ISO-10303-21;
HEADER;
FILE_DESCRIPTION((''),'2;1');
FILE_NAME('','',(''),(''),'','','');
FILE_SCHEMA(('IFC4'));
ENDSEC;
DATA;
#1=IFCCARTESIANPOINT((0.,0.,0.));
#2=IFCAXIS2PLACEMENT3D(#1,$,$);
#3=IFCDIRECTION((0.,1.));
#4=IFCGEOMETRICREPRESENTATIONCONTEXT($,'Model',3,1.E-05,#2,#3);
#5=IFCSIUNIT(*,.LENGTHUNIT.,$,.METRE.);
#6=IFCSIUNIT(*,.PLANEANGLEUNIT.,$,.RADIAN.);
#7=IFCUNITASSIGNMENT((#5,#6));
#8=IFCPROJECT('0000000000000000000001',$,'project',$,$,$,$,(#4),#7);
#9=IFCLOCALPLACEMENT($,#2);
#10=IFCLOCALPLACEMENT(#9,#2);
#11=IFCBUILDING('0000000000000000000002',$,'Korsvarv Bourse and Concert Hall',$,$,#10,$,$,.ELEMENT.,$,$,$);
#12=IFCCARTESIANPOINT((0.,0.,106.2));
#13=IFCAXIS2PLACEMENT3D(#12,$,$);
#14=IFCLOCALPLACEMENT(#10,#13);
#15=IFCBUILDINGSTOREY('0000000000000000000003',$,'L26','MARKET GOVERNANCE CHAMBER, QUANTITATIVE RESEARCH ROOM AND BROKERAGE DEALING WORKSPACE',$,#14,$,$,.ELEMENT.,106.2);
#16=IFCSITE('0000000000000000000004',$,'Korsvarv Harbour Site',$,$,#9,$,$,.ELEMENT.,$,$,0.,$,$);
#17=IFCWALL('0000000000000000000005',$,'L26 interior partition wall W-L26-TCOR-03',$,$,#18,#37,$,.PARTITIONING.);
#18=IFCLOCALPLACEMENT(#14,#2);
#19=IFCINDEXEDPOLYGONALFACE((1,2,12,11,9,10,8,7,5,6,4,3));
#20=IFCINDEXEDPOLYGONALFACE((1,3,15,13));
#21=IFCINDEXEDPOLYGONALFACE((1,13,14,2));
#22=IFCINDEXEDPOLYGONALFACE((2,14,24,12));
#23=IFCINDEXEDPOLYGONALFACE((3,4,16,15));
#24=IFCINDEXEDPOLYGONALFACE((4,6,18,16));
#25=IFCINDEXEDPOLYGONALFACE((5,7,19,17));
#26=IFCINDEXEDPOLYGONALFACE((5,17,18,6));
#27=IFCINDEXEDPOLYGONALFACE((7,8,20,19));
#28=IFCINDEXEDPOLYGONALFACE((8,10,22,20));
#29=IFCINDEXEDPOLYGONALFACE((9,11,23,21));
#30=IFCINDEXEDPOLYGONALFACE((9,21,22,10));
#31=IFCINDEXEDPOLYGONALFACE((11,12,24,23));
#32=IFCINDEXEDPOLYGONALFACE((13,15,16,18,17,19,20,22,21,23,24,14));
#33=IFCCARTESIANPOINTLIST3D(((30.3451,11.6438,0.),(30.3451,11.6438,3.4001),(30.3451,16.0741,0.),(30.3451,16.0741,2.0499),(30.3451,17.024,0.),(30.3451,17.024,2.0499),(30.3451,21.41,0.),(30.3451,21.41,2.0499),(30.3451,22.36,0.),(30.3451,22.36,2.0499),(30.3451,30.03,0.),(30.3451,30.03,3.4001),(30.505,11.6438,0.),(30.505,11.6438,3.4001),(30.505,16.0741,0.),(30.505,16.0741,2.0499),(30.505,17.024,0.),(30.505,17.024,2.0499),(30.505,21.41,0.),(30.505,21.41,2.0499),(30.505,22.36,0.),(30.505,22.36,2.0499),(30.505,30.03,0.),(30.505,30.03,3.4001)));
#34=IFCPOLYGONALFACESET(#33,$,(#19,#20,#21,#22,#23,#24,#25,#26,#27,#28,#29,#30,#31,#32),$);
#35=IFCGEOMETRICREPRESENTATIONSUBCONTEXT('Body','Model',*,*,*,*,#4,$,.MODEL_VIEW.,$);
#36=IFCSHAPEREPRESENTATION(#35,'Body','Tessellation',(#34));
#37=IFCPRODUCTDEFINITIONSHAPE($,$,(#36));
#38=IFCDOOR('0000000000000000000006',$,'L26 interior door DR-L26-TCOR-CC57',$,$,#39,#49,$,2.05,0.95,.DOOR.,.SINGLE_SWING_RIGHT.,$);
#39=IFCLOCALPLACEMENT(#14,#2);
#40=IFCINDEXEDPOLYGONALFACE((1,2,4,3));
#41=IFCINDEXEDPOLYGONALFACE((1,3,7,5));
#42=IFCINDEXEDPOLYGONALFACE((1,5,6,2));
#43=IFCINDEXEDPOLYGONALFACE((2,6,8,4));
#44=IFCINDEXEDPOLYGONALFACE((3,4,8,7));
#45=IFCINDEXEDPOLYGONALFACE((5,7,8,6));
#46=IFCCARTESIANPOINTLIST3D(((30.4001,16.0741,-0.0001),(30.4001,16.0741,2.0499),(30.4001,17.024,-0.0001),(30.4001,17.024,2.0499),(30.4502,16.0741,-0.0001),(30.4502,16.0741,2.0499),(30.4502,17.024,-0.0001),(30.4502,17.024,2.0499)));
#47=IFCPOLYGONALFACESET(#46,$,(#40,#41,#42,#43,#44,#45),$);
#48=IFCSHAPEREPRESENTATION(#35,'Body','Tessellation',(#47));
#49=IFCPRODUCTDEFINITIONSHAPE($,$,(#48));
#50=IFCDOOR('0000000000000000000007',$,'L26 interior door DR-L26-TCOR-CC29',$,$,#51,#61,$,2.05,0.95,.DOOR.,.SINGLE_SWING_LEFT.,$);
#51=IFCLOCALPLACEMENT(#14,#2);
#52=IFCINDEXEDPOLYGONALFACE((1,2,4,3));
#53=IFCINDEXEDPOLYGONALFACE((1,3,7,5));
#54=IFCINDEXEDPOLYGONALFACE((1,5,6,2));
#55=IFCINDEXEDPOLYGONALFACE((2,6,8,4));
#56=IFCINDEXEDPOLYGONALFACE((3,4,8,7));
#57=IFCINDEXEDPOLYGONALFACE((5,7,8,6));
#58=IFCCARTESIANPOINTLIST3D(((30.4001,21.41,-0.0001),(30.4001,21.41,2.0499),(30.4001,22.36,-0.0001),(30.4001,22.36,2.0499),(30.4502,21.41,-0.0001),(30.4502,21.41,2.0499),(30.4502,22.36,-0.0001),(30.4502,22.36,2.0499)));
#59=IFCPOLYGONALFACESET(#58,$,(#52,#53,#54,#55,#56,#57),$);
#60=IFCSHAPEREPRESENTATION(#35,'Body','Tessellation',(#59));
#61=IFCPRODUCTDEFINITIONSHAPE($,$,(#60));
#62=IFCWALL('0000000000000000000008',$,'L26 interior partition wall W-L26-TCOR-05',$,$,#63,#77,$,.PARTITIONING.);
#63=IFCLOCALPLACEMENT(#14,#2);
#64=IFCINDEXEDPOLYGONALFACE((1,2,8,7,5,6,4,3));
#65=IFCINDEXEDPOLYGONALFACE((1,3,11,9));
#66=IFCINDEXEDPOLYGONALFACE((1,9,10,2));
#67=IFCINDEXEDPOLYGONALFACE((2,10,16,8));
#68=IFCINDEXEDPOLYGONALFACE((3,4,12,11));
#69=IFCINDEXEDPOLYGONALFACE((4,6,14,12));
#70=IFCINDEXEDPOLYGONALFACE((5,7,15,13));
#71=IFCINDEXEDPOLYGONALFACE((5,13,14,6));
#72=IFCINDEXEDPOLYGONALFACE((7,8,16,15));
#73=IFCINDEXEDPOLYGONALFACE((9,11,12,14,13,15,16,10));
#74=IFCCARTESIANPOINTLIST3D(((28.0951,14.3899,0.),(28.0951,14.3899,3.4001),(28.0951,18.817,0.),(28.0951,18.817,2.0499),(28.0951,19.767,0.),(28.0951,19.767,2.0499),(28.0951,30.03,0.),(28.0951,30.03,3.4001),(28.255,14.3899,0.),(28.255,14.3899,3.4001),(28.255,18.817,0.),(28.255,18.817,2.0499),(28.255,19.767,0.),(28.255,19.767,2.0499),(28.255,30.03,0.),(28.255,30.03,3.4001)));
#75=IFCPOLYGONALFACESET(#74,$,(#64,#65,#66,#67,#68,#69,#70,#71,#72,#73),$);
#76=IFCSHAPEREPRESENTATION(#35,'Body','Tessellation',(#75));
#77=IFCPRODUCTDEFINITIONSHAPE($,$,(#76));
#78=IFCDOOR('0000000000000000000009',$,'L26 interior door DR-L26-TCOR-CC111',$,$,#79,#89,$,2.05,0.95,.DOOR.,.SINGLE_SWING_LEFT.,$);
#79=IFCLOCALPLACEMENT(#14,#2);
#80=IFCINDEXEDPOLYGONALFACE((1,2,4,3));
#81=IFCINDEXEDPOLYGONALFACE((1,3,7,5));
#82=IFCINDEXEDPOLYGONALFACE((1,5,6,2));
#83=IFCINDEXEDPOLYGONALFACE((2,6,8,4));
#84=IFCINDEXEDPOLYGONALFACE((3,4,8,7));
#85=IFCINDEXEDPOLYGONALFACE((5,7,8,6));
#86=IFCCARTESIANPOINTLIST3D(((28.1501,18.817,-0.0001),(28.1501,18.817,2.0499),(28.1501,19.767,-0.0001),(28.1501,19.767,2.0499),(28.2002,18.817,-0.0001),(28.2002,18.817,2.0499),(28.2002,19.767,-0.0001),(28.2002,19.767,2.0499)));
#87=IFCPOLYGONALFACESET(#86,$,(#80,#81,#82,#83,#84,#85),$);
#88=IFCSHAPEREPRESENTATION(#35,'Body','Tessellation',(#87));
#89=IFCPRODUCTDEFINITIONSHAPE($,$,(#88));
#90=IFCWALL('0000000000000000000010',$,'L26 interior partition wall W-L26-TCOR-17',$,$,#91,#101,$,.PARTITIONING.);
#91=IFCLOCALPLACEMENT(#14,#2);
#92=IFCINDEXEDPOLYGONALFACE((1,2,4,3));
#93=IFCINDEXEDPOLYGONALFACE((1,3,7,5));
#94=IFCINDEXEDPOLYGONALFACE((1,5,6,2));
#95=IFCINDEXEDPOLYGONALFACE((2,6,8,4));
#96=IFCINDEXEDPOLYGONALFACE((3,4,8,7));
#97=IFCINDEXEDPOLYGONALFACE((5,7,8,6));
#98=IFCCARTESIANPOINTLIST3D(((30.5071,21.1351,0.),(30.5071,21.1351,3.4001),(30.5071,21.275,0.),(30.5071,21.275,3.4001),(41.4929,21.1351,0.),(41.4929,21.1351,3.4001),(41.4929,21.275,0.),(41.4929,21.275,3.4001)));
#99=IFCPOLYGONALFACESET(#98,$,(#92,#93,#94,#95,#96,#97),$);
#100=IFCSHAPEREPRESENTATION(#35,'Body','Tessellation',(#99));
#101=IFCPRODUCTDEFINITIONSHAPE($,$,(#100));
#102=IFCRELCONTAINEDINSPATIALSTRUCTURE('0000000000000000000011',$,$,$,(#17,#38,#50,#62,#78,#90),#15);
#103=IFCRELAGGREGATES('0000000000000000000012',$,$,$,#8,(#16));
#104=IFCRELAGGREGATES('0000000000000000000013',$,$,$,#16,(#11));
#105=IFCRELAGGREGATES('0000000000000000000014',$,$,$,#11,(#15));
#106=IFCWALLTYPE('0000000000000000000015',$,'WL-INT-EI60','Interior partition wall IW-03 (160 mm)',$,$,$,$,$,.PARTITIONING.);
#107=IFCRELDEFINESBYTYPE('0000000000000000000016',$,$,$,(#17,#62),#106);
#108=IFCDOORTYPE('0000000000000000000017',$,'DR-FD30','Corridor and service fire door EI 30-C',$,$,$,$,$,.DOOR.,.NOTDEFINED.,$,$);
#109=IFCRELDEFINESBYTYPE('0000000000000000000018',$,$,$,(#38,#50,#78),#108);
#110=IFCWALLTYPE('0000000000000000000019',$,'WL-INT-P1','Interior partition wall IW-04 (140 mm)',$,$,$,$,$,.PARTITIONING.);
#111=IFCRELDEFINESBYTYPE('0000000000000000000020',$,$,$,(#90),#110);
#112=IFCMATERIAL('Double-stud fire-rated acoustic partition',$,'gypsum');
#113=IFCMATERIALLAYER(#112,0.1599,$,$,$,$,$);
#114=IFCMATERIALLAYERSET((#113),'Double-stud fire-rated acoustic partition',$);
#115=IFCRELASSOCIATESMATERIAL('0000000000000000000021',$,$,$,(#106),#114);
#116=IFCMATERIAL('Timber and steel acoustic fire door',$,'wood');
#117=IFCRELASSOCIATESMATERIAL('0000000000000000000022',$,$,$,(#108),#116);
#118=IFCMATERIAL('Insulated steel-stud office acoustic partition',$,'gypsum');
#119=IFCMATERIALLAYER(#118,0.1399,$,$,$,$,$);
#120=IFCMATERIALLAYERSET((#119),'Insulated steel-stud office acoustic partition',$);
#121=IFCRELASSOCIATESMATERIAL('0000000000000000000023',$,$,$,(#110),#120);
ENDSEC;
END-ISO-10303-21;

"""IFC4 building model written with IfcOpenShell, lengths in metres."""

from ifc_helpers import new_model, si_unit, direction, frame, frame_2d, origin, place, context, subcontext, project, spatial, rectangle, extrude, material, layer, layer_set, type_object, element, fill, save


model = new_model("IFC4")

# Units and contexts
model_context = context("Model", 3, precision=1e-05, world=origin(), true_north=direction((0.0, 1.0)))
body_context = subcontext(model_context, "Body", "Model", "MODEL_VIEW")
ifc_project = project(units=[si_unit("LENGTHUNIT", "METRE"), si_unit("PLANEANGLEUNIT", "RADIAN")], contexts=[model_context])

# Site, building, storey
site_placement = place(None, origin())
site = spatial("IfcSite", under=ifc_project, at=site_placement, Name="Korsvarv Harbour Site", CompositionType="ELEMENT", RefElevation=0.0)
building_placement = place(site_placement, origin())
building = spatial("IfcBuilding", under=site, at=building_placement, Name="Korsvarv Bourse and Concert Hall", CompositionType="ELEMENT")
storey_placement = place(building_placement, frame((0.0, 0.0, 106.2)))
storey = spatial("IfcBuildingStorey", under=building, at=storey_placement, Name="L26", Description="MARKET GOVERNANCE CHAMBER, QUANTITATIVE RESEARCH ROOM AND BROKERAGE DEALING WORKSPACE", CompositionType="ELEMENT", Elevation=106.2)

# Wall, openings, doors
ifc_material_1 = material(Name="Double-stud fire-rated acoustic partition", Category="gypsum")
ifc_layer_1 = layer(ifc_material_1, 0.1599)
ifc_layer_set_1 = layer_set([ifc_layer_1], Name="Double-stud fire-rated acoustic partition")
wall_type_1 = type_object("IfcWallType", Name="WL-INT-EI60", Description="Interior partition wall IW-03 (160 mm)", PredefinedType="PARTITIONING", material=ifc_layer_set_1)
wall_1_placement = place(storey_placement, frame((30.425, 11.6438, 0.0), z_axis=(0.0, 0.0, 1.0), x_axis=(0.0, 1.0, 0.0)))
wall_1 = element("IfcWall", 1, at=wall_1_placement, inside=storey, type_object=wall_type_1, Name="L26 interior partition wall W-L26-TCOR-03", PredefinedType="PARTITIONING", context=body_context, shape_type="SweptSolid", body=[
    extrude(rectangle(XDim=18.3862, YDim=0.1599, at=frame_2d((9.1931, 0.0))), origin(), (0.0, 0.0, 1.0), 3.4001),
])
opening_1_placement = place(wall_1_placement, frame((4.4302, 0.0, 0.0)))
opening_1 = element("IfcOpeningElement", 2, at=opening_1_placement, cuts=wall_1, PredefinedType="OPENING", context=body_context, shape_type="SweptSolid", body=[
    extrude(rectangle(XDim=0.95, YDim=2.05, at=frame_2d((0.4751, 1.0249))), frame((0.0, 0.0898, 0.0), z_axis=(0.0, -1.0, 0.0), x_axis=(1.0, 0.0, 0.0)), (0.0, 0.0, 1.0), 0.1799),
])
opening_2_placement = place(wall_1_placement, frame((9.7661, 0.0, 0.0)))
opening_2 = element("IfcOpeningElement", 3, at=opening_2_placement, cuts=wall_1, PredefinedType="OPENING", context=body_context, shape_type="SweptSolid", body=[
    extrude(rectangle(XDim=0.95, YDim=2.05, at=frame_2d((0.4751, 1.0249))), frame((0.0, 0.0898, 0.0), z_axis=(0.0, -1.0, 0.0), x_axis=(1.0, 0.0, 0.0)), (0.0, 0.0, 1.0), 0.1799),
])
ifc_material_2 = material(Name="Timber and steel acoustic fire door", Category="wood")
door_type = type_object("IfcDoorType", Name="DR-FD30", Description="Corridor and service fire door EI 30-C", OperationType="NOTDEFINED", PredefinedType="DOOR", material=ifc_material_2)
door_1_placement = place(opening_1_placement, origin())
door_1 = element("IfcDoor", 4, at=door_1_placement, inside=storey, type_object=door_type, Name="L26 interior door DR-L26-TCOR-CC57", OperationType="SINGLE_SWING_RIGHT", OverallHeight=2.05, OverallWidth=0.95, PredefinedType="DOOR", context=body_context, shape_type="SweptSolid", body=[
    extrude(rectangle(XDim=0.95, YDim=2.05, at=frame_2d((0.4751, 1.0249))), frame((0.0, 0.0249, 0.0), z_axis=(0.0, -1.0, 0.0), x_axis=(1.0, 0.0, 0.0)), (0.0, 0.0, 1.0), 0.05),
])
fill(opening_1, door_1)
door_2_placement = place(opening_2_placement, origin())
door_2 = element("IfcDoor", 5, at=door_2_placement, inside=storey, type_object=door_type, Name="L26 interior door DR-L26-TCOR-CC29", OperationType="SINGLE_SWING_LEFT", OverallHeight=2.05, OverallWidth=0.95, PredefinedType="DOOR", context=body_context, shape_type="SweptSolid", body=[
    extrude(rectangle(XDim=0.95, YDim=2.05, at=frame_2d((0.4751, 1.0249))), frame((0.0, 0.0249, 0.0), z_axis=(0.0, -1.0, 0.0), x_axis=(1.0, 0.0, 0.0)), (0.0, 0.0, 1.0), 0.05),
])
fill(opening_2, door_2)

# Wall, opening, door
wall_2_placement = place(storey_placement, frame((28.175, 14.3899, 0.0), z_axis=(0.0, 0.0, 1.0), x_axis=(0.0, 1.0, 0.0)))
wall_2 = element("IfcWall", 6, at=wall_2_placement, inside=storey, type_object=wall_type_1, Name="L26 interior partition wall W-L26-TCOR-05", PredefinedType="PARTITIONING", context=body_context, shape_type="SweptSolid", body=[
    extrude(rectangle(XDim=15.6401, YDim=0.1599, at=frame_2d((7.8201, 0.0))), origin(), (0.0, 0.0, 1.0), 3.4001),
])
opening_3_placement = place(wall_2_placement, frame((4.427, 0.0, 0.0)))
opening_3 = element("IfcOpeningElement", 7, at=opening_3_placement, cuts=wall_2, PredefinedType="OPENING", context=body_context, shape_type="SweptSolid", body=[
    extrude(rectangle(XDim=0.95, YDim=2.05, at=frame_2d((0.4751, 1.0249))), frame((0.0, 0.0898, 0.0), z_axis=(0.0, -1.0, 0.0), x_axis=(1.0, 0.0, 0.0)), (0.0, 0.0, 1.0), 0.1799),
])
door_3_placement = place(opening_3_placement, origin())
door_3 = element("IfcDoor", 8, at=door_3_placement, inside=storey, type_object=door_type, Name="L26 interior door DR-L26-TCOR-CC111", OperationType="SINGLE_SWING_LEFT", OverallHeight=2.05, OverallWidth=0.95, PredefinedType="DOOR", context=body_context, shape_type="SweptSolid", body=[
    extrude(rectangle(XDim=0.95, YDim=2.05, at=frame_2d((0.4751, 1.0249))), frame((0.0, 0.0249, 0.0), z_axis=(0.0, -1.0, 0.0), x_axis=(1.0, 0.0, 0.0)), (0.0, 0.0, 1.0), 0.05),
])
fill(opening_3, door_3)

# Wall
ifc_material_3 = material(Name="Insulated steel-stud office acoustic partition", Category="gypsum")
ifc_layer_2 = layer(ifc_material_3, 0.1399)
ifc_layer_set_2 = layer_set([ifc_layer_2], Name="Insulated steel-stud office acoustic partition")
wall_type_2 = type_object("IfcWallType", Name="WL-INT-P1", Description="Interior partition wall IW-04 (140 mm)", PredefinedType="PARTITIONING", material=ifc_layer_set_2)
wall_3_placement = place(storey_placement, frame((30.5071, 21.2051, 0.0), z_axis=(0.0, 0.0, 1.0), x_axis=(1.0, 0.0, 0.0)))
element("IfcWall", 9, at=wall_3_placement, inside=storey, type_object=wall_type_2, Name="L26 interior partition wall W-L26-TCOR-17", PredefinedType="PARTITIONING", context=body_context, shape_type="SweptSolid", body=[
    extrude(rectangle(XDim=10.9858, YDim=0.1399, at=frame_2d((5.4929, 0.0))), origin(), (0.0, 0.0, 1.0), 3.4001),
])

save(model, "model.ifc")
